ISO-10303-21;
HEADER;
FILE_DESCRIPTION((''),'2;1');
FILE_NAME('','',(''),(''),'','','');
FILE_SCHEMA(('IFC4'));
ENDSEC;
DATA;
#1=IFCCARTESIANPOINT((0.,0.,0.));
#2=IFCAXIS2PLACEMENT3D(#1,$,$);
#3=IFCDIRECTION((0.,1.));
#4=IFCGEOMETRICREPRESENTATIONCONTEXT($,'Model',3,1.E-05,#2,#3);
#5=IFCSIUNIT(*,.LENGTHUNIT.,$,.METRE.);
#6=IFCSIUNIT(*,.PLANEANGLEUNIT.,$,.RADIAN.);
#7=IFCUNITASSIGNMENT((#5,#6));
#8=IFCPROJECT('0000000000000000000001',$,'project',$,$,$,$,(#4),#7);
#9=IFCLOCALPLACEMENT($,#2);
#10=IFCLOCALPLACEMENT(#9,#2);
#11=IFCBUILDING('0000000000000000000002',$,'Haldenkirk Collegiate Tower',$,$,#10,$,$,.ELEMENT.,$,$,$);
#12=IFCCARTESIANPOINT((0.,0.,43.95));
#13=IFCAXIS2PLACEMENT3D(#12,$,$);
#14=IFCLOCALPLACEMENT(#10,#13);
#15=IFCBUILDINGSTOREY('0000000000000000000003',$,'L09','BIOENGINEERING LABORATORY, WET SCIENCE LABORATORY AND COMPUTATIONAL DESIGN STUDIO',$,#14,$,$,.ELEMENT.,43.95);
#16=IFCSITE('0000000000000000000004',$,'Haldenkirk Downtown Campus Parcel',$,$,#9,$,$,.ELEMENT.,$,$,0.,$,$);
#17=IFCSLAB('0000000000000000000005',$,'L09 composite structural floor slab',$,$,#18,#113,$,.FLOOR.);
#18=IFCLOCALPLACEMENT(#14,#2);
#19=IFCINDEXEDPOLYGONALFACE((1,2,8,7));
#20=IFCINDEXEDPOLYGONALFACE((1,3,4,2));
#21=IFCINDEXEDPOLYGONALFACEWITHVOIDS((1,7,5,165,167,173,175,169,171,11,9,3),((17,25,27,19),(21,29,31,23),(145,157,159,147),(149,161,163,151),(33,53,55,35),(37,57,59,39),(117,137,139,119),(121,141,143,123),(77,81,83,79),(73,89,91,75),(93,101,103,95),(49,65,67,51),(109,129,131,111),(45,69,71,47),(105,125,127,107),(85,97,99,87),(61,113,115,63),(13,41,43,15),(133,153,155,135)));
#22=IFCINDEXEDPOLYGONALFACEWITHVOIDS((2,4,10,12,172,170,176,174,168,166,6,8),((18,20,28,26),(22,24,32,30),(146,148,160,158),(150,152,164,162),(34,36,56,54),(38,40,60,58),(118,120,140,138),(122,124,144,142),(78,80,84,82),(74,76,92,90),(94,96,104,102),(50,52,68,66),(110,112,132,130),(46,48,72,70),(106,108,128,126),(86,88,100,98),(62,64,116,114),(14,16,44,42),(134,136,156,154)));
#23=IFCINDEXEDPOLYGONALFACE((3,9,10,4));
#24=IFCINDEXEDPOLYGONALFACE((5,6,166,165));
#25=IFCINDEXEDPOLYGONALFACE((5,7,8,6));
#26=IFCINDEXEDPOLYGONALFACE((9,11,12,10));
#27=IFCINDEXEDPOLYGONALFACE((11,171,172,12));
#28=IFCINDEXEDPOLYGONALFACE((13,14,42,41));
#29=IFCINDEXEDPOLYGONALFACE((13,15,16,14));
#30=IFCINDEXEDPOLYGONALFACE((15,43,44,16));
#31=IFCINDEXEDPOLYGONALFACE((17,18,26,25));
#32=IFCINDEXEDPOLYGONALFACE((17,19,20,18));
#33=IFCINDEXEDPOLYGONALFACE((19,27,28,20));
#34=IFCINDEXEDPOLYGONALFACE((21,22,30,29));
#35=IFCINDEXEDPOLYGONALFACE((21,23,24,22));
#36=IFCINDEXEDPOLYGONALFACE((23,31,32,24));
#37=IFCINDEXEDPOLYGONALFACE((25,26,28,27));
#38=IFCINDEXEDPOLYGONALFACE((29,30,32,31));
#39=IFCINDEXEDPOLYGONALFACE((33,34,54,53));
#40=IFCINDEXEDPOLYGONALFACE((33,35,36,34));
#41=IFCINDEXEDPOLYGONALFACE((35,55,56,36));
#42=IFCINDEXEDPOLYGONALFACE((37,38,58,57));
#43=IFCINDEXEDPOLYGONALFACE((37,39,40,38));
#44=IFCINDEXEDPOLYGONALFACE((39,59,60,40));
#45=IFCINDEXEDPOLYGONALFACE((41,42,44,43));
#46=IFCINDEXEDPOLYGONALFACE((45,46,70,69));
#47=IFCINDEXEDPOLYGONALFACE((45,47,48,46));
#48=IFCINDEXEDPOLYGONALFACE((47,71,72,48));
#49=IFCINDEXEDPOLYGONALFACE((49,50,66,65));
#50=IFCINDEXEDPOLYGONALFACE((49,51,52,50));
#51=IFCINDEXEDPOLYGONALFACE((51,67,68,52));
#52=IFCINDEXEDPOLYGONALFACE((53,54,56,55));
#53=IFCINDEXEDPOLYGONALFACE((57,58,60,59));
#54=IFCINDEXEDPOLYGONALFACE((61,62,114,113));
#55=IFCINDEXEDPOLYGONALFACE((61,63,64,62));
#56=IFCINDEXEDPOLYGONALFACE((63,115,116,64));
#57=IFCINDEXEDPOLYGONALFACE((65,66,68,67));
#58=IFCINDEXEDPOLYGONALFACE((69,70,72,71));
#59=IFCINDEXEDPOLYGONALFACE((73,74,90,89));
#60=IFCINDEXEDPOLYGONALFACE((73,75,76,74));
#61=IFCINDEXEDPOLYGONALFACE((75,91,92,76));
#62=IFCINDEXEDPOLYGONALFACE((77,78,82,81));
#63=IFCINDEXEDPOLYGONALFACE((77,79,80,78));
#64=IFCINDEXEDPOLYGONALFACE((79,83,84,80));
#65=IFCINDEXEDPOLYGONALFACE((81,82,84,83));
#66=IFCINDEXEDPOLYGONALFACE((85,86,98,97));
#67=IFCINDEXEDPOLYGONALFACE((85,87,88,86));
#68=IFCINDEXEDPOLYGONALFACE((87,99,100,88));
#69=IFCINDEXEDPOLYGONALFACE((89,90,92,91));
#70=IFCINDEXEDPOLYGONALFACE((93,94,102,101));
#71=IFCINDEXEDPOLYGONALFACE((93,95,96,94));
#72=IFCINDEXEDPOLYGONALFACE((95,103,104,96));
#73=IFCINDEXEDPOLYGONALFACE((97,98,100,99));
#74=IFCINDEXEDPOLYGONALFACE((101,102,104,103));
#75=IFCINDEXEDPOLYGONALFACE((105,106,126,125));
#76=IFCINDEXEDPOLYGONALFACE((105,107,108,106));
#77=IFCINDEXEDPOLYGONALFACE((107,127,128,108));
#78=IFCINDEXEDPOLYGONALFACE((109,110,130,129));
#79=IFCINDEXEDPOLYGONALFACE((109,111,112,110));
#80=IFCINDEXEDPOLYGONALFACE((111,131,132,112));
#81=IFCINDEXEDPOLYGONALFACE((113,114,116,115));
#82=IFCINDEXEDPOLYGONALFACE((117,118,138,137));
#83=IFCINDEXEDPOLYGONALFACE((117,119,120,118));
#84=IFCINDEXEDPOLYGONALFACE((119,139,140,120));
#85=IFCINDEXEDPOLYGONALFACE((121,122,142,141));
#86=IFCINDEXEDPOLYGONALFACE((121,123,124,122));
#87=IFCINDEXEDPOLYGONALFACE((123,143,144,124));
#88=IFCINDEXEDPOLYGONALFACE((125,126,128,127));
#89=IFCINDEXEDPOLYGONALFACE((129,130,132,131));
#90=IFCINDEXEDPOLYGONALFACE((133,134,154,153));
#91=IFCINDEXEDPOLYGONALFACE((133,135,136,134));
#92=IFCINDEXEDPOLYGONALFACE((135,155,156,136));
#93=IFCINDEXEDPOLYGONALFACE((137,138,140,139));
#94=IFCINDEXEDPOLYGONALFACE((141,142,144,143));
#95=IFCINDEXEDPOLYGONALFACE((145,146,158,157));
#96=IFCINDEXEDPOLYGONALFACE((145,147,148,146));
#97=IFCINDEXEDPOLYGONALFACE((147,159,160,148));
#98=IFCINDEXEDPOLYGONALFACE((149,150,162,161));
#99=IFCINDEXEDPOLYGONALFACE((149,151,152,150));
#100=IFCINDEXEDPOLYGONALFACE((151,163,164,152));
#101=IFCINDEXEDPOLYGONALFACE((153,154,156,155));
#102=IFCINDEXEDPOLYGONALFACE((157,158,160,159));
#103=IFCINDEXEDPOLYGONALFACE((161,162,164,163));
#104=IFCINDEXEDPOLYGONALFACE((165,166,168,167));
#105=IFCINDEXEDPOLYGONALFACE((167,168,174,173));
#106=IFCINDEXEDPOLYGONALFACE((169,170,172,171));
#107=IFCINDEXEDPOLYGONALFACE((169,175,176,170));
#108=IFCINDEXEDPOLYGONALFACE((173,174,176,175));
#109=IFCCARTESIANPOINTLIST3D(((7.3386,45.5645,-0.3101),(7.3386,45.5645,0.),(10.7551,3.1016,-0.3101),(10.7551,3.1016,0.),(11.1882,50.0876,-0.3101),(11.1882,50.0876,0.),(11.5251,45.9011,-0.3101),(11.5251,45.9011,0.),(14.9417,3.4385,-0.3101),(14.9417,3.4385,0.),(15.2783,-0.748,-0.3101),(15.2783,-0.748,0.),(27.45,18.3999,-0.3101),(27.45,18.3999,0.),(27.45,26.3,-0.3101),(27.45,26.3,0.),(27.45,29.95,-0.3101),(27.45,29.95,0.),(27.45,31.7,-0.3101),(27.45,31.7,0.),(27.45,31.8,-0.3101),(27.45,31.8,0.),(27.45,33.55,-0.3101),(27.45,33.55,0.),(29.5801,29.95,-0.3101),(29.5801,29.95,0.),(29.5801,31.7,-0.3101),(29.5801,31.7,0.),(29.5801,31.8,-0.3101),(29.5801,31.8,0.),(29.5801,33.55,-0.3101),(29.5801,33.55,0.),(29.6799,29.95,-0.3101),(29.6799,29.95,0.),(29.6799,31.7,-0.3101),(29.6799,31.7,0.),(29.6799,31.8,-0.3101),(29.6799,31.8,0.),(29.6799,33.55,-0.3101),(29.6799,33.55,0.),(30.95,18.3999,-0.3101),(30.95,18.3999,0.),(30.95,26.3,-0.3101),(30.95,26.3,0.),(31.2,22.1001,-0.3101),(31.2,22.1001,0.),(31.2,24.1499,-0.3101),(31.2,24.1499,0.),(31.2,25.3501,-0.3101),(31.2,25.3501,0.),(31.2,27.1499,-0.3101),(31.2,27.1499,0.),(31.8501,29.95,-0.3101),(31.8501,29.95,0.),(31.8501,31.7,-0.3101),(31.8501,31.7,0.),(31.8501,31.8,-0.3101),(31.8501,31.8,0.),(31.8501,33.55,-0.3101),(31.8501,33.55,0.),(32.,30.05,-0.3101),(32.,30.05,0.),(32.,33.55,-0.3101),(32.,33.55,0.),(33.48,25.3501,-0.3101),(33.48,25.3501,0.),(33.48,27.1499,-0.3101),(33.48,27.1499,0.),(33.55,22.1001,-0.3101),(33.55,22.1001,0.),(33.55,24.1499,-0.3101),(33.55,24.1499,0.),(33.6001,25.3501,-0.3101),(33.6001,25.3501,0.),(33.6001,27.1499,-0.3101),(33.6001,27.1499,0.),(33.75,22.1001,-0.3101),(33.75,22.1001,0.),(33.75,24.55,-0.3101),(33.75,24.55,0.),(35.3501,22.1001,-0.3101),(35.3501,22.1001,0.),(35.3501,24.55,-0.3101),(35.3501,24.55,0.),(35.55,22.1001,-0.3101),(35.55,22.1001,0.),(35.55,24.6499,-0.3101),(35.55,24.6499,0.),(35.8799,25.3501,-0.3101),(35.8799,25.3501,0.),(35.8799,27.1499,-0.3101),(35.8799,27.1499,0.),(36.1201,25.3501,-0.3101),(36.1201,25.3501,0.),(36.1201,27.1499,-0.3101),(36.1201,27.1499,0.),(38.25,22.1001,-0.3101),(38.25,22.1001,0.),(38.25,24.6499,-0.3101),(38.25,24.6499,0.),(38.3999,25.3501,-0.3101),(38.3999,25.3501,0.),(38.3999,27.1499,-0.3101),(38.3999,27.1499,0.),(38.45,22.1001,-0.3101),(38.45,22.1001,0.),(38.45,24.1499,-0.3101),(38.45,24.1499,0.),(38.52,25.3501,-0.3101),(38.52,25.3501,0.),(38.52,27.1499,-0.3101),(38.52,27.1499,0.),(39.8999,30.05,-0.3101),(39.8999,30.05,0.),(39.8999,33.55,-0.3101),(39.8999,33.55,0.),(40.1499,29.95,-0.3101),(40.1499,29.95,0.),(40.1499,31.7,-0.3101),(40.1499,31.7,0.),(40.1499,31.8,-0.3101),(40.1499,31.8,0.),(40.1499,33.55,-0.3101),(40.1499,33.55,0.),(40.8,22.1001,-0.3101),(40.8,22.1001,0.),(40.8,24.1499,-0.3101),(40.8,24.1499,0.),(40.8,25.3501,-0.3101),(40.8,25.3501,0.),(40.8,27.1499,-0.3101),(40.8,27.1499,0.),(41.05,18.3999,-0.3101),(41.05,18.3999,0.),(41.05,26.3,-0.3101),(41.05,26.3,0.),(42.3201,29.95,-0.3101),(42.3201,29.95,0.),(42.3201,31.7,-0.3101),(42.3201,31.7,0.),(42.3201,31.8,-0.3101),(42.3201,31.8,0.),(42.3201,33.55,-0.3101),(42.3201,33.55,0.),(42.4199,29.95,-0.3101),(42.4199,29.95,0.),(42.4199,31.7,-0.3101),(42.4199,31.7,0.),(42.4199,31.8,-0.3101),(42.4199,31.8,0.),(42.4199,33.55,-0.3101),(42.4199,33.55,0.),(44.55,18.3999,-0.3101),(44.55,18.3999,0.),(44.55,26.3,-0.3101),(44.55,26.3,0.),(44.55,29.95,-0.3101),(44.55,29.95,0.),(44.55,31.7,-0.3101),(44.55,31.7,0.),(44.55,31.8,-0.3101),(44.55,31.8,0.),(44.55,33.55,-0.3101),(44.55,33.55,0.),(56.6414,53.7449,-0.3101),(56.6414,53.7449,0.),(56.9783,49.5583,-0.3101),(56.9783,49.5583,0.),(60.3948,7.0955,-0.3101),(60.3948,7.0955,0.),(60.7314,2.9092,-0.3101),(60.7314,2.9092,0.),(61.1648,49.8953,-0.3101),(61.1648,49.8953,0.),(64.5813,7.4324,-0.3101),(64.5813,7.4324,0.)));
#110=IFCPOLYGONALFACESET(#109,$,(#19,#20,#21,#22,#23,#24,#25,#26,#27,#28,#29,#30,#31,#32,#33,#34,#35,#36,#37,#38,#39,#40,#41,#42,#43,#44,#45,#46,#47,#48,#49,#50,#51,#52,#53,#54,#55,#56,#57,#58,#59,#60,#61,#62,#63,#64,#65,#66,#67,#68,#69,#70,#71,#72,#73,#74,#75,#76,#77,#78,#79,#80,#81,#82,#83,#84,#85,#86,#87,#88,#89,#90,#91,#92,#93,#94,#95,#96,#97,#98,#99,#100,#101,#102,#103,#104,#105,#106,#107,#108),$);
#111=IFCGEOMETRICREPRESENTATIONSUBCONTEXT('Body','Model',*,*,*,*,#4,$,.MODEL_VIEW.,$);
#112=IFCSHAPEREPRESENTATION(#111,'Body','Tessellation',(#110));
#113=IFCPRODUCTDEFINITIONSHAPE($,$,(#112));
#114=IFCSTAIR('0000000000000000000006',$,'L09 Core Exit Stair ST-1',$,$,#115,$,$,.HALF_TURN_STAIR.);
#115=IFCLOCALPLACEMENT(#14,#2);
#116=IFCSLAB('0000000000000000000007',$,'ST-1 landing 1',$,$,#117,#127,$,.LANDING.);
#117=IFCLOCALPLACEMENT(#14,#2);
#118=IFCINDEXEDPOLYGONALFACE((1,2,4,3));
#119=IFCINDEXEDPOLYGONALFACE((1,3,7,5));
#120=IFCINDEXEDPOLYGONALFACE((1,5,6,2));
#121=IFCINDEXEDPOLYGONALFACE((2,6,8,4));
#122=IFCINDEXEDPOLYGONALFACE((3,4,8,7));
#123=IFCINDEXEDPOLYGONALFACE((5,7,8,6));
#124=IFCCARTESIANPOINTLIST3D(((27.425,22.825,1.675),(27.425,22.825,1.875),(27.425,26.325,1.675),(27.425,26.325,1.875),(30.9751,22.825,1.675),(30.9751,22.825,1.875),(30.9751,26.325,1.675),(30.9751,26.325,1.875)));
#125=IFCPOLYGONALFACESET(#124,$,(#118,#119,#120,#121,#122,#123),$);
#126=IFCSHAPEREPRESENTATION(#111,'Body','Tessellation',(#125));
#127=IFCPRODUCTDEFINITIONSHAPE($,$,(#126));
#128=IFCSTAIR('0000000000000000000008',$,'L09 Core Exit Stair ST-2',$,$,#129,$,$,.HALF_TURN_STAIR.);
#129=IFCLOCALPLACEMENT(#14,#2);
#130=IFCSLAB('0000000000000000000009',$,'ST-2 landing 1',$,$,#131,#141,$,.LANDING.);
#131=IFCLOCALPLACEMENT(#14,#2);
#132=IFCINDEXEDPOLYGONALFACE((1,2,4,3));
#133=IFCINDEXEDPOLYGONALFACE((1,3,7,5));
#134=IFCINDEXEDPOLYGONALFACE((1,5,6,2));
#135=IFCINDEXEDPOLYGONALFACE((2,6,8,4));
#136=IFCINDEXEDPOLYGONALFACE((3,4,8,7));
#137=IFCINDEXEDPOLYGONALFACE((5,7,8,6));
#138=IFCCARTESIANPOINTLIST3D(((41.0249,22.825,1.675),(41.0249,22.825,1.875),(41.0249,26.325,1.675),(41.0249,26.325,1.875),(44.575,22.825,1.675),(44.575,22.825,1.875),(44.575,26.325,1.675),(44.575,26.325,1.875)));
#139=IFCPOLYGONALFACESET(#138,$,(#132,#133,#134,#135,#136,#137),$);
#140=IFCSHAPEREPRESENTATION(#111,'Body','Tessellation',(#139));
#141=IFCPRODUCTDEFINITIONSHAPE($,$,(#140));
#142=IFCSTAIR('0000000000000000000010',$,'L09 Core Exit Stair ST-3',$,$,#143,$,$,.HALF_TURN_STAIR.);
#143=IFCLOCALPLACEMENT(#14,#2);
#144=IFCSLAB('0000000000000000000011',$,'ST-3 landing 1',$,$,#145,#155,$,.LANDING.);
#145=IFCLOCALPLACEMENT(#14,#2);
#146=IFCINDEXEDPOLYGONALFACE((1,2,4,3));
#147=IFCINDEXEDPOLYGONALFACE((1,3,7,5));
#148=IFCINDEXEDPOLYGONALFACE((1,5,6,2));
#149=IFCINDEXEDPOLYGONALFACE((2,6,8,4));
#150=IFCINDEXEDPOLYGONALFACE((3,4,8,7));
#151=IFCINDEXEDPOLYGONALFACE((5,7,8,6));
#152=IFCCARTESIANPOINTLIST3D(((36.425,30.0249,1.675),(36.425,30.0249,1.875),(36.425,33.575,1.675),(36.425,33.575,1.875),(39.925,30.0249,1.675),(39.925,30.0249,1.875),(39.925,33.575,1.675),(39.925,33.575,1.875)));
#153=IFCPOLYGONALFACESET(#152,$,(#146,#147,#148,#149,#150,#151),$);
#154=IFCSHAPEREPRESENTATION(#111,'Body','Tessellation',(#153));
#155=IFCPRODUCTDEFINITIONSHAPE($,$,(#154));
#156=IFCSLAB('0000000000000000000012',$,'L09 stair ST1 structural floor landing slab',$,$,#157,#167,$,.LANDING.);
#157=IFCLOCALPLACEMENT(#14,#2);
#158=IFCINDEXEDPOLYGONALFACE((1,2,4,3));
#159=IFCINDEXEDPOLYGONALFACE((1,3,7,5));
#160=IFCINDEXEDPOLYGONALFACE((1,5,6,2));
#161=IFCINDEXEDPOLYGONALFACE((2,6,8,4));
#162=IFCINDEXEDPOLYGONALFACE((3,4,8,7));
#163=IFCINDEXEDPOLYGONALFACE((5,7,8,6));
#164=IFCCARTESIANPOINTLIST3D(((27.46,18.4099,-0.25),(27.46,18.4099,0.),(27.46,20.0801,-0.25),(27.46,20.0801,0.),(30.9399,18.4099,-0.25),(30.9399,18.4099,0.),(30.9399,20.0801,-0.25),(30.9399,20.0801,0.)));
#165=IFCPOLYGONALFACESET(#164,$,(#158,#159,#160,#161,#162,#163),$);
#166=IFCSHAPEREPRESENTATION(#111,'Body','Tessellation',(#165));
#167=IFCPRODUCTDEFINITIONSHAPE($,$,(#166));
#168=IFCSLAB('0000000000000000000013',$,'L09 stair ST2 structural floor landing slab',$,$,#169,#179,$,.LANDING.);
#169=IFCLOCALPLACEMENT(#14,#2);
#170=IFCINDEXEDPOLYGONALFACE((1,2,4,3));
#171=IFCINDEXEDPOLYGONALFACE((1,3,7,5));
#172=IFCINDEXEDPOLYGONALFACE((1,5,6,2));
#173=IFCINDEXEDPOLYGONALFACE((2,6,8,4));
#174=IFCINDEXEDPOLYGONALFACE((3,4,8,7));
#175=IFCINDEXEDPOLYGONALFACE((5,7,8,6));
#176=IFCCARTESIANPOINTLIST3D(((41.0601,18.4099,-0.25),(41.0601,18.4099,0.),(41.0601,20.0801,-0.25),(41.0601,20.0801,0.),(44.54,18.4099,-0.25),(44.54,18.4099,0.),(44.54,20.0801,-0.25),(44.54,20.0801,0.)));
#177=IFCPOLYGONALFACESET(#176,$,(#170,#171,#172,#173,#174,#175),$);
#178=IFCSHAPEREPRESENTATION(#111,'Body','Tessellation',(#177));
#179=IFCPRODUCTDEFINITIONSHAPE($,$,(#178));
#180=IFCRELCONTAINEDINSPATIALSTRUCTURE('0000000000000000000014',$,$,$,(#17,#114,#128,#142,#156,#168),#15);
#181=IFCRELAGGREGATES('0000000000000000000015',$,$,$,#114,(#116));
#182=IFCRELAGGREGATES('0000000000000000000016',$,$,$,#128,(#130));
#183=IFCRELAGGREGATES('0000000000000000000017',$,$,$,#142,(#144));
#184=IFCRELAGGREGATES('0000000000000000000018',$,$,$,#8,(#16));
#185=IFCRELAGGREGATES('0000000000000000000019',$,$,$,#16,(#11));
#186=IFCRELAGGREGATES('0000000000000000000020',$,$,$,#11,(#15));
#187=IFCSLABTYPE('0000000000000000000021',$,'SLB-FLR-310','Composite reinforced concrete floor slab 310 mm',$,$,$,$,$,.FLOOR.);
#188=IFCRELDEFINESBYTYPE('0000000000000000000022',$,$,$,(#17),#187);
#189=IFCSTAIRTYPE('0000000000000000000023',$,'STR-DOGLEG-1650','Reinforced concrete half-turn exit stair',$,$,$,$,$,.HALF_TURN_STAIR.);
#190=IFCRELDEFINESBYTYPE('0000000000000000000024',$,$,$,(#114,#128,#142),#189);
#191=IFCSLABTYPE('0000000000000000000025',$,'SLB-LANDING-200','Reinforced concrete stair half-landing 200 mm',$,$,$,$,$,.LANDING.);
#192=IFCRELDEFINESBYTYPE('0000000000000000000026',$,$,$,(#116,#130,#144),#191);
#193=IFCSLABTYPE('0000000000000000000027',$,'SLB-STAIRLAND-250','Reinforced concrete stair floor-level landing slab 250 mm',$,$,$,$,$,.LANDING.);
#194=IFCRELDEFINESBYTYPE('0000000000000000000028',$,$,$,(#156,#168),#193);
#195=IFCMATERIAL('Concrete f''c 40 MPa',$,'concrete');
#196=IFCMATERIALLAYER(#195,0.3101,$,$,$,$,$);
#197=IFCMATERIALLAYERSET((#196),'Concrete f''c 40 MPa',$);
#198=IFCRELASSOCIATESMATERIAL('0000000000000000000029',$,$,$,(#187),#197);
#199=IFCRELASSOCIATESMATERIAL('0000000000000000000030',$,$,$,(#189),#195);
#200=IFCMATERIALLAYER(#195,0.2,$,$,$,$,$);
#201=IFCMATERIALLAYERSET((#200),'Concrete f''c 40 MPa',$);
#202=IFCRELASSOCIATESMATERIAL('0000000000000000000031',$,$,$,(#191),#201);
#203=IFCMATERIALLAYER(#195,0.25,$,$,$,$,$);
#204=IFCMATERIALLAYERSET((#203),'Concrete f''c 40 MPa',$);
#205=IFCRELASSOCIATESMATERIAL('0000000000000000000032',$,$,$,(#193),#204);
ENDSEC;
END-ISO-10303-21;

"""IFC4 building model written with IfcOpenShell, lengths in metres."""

from ifc_helpers import new_model, si_unit, direction, frame, origin, place, context, subcontext, project, spatial, polyline, outline, extrude, material, layer, layer_set, type_object, element, aggregate, save


model = new_model("IFC4")

# Units and contexts
model_context = context("Model", 3, precision=1e-05, world=origin(), true_north=direction((0.0, 1.0)))
body_context = subcontext(model_context, "Body", "Model", "MODEL_VIEW")
ifc_project = project(units=[si_unit("LENGTHUNIT", "METRE"), si_unit("PLANEANGLEUNIT", "RADIAN")], contexts=[model_context])

# Site, building, storey
site_placement = place(None, origin())
site = spatial("IfcSite", under=ifc_project, at=site_placement, Name="Haldenkirk Downtown Campus Parcel", CompositionType="ELEMENT", RefElevation=0.0)
building_placement = place(site_placement, origin())
building = spatial("IfcBuilding", under=site, at=building_placement, Name="Haldenkirk Collegiate Tower", CompositionType="ELEMENT")
storey_placement = place(building_placement, frame((0.0, 0.0, 43.95)))
storey = spatial("IfcBuildingStorey", under=building, at=storey_placement, Name="L09", Description="BIOENGINEERING LABORATORY, WET SCIENCE LABORATORY AND COMPUTATIONAL DESIGN STUDIO", CompositionType="ELEMENT", Elevation=43.95)

# Slab
ifc_material_1 = material(Name="Concrete f'c 40 MPa", Category="concrete")
ifc_layer_1 = layer(ifc_material_1, 0.3101)
ifc_layer_set_1 = layer_set([ifc_layer_1], Name="Concrete f'c 40 MPa")
slab_type_1 = type_object("IfcSlabType", Name="SLB-FLR-310", Description="Composite reinforced concrete floor slab 310 mm", PredefinedType="FLOOR", material=ifc_layer_set_1)
slab_1_placement = place(storey_placement, frame((0.0, 0.0, -0.3101)))
element("IfcSlab", 1, at=slab_1_placement, inside=storey, type_object=slab_type_1, Name="L09 composite structural floor slab", PredefinedType="FLOOR", context=body_context, shape_type="SweptSolid", body=[
    extrude(outline(polyline([(15.2783, -0.748), (60.7314, 2.9092), (60.3948, 7.0955), (64.5813, 7.4324), (61.1648, 49.8953), (56.9783, 49.5583), (56.6414, 53.7449), (11.1882, 50.0876), (11.5251, 45.9011), (7.3386, 45.5645), (10.7551, 3.1016), (14.9417, 3.4385), (15.2783, -0.748)]), holes=[polyline([(27.45, 18.3999), (30.95, 18.3999), (30.95, 26.3), (27.45, 26.3), (27.45, 18.3999)]), polyline([(41.05, 18.3999), (44.55, 18.3999), (44.55, 26.3), (41.05, 26.3), (41.05, 18.3999)]), polyline([(32.0, 30.05), (39.8999, 30.05), (39.8999, 33.55), (32.0, 33.55), (32.0, 30.05)]), polyline([(33.75, 22.1001), (35.3501, 22.1001), (35.3501, 24.55), (33.75, 24.55), (33.75, 22.1001)]), polyline([(27.45, 29.95), (29.5801, 29.95), (29.5801, 31.7), (27.45, 31.7), (27.45, 29.95)]), polyline([(29.6799, 29.95), (31.8501, 29.95), (31.8501, 31.7), (29.6799, 31.7), (29.6799, 29.95)]), polyline([(27.45, 31.8), (29.5801, 31.8), (29.5801, 33.55), (27.45, 33.55), (27.45, 31.8)]), polyline([(29.6799, 31.8), (31.8501, 31.8), (31.8501, 33.55), (29.6799, 33.55), (29.6799, 31.8)]), polyline([(40.1499, 29.95), (42.3201, 29.95), (42.3201, 31.7), (40.1499, 31.7), (40.1499, 29.95)]), polyline([(42.4199, 29.95), (44.55, 29.95), (44.55, 31.7), (42.4199, 31.7), (42.4199, 29.95)]), polyline([(40.1499, 31.8), (42.3201, 31.8), (42.3201, 33.55), (40.1499, 33.55), (40.1499, 31.8)]), polyline([(42.4199, 31.8), (44.55, 31.8), (44.55, 33.55), (42.4199, 33.55), (42.4199, 31.8)]), polyline([(31.2, 25.3501), (33.48, 25.3501), (33.48, 27.1499), (31.2, 27.1499), (31.2, 25.3501)]), polyline([(33.6001, 25.3501), (35.8799, 25.3501), (35.8799, 27.1499), (33.6001, 27.1499), (33.6001, 25.3501)]), polyline([(36.1201, 25.3501), (38.3999, 25.3501), (38.3999, 27.1499), (36.1201, 27.1499), (36.1201, 25.3501)]), polyline([(38.52, 25.3501), (40.8, 25.3501), (40.8, 27.1499), (38.52, 27.1499), (38.52, 25.3501)]), polyline([(31.2, 22.1001), (33.55, 22.1001), (33.55, 24.1499), (31.2, 24.1499), (31.2, 22.1001)]), polyline([(38.45, 22.1001), (40.8, 22.1001), (40.8, 24.1499), (38.45, 24.1499), (38.45, 22.1001)]), polyline([(35.55, 22.1001), (38.25, 22.1001), (38.25, 24.6499), (35.55, 24.6499), (35.55, 22.1001)])]), origin(), (0.0, 0.0, 1.0), 0.3101),
])

# Stairs, slabs
stair_type = type_object("IfcStairType", Name="STR-DOGLEG-1650", Description="Reinforced concrete half-turn exit stair", PredefinedType="HALF_TURN_STAIR", material=ifc_material_1)
stair_1_placement = place(storey_placement, origin())
stair_1 = element("IfcStair", 2, at=stair_1_placement, inside=storey, type_object=stair_type, Name="L09 Core Exit Stair ST-1", PredefinedType="HALF_TURN_STAIR")
ifc_layer_2 = layer(ifc_material_1, 0.2)
ifc_layer_set_2 = layer_set([ifc_layer_2], Name="Concrete f'c 40 MPa")
slab_type_2 = type_object("IfcSlabType", Name="SLB-LANDING-200", Description="Reinforced concrete stair half-landing 200 mm", PredefinedType="LANDING", material=ifc_layer_set_2)
slab_2_placement = place(storey_placement, frame((0.0, 0.0, 1.675)))
slab_2 = element("IfcSlab", 3, at=slab_2_placement, type_object=slab_type_2, Name="ST-1 landing 1", PredefinedType="LANDING", context=body_context, shape_type="SweptSolid", body=[
    extrude(outline(polyline([(30.9751, 22.825), (27.425, 22.825), (27.425, 26.325), (30.9751, 26.325), (30.9751, 22.825)])), origin(), (0.0, 0.0, 1.0), 0.2),
])
aggregate(stair_1, [slab_2])
stair_2_placement = place(storey_placement, origin())
stair_2 = element("IfcStair", 4, at=stair_2_placement, inside=storey, type_object=stair_type, Name="L09 Core Exit Stair ST-2", PredefinedType="HALF_TURN_STAIR")
slab_3_placement = place(storey_placement, frame((0.0, 0.0, 1.675)))
slab_3 = element("IfcSlab", 5, at=slab_3_placement, type_object=slab_type_2, Name="ST-2 landing 1", PredefinedType="LANDING", context=body_context, shape_type="SweptSolid", body=[
    extrude(outline(polyline([(44.575, 22.825), (41.0249, 22.825), (41.0249, 26.325), (44.575, 26.325), (44.575, 22.825)])), origin(), (0.0, 0.0, 1.0), 0.2),
])
aggregate(stair_2, [slab_3])
stair_3_placement = place(storey_placement, origin())
stair_3 = element("IfcStair", 6, at=stair_3_placement, inside=storey, type_object=stair_type, Name="L09 Core Exit Stair ST-3", PredefinedType="HALF_TURN_STAIR")
slab_4_placement = place(storey_placement, frame((0.0, 0.0, 1.675)))
slab_4 = element("IfcSlab", 7, at=slab_4_placement, type_object=slab_type_2, Name="ST-3 landing 1", PredefinedType="LANDING", context=body_context, shape_type="SweptSolid", body=[
    extrude(outline(polyline([(36.425, 30.0249), (36.425, 33.575), (39.925, 33.575), (39.925, 30.0249), (36.425, 30.0249)])), origin(), (0.0, 0.0, 1.0), 0.2),
])
aggregate(stair_3, [slab_4])

# Slabs
ifc_layer_3 = layer(ifc_material_1, 0.25)
ifc_layer_set_3 = layer_set([ifc_layer_3], Name="Concrete f'c 40 MPa")
slab_type_3 = type_object("IfcSlabType", Name="SLB-STAIRLAND-250", Description="Reinforced concrete stair floor-level landing slab 250 mm", PredefinedType="LANDING", material=ifc_layer_set_3)
slab_5_placement = place(storey_placement, frame((0.0, 0.0, -0.25)))
element("IfcSlab", 8, at=slab_5_placement, inside=storey, type_object=slab_type_3, Name="L09 stair ST1 structural floor landing slab", PredefinedType="LANDING", context=body_context, shape_type="SweptSolid", body=[
    extrude(outline(polyline([(27.46, 18.4099), (30.9399, 18.4099), (30.9399, 20.0801), (27.46, 20.0801), (27.46, 18.4099)])), origin(), (0.0, 0.0, 1.0), 0.25),
])
slab_6_placement = place(storey_placement, frame((0.0, 0.0, -0.25)))
element("IfcSlab", 9, at=slab_6_placement, inside=storey, type_object=slab_type_3, Name="L09 stair ST2 structural floor landing slab", PredefinedType="LANDING", context=body_context, shape_type="SweptSolid", body=[
    extrude(outline(polyline([(41.0601, 18.4099), (44.54, 18.4099), (44.54, 20.0801), (41.0601, 20.0801), (41.0601, 18.4099)])), origin(), (0.0, 0.0, 1.0), 0.25),
])

save(model, "model.ifc")
